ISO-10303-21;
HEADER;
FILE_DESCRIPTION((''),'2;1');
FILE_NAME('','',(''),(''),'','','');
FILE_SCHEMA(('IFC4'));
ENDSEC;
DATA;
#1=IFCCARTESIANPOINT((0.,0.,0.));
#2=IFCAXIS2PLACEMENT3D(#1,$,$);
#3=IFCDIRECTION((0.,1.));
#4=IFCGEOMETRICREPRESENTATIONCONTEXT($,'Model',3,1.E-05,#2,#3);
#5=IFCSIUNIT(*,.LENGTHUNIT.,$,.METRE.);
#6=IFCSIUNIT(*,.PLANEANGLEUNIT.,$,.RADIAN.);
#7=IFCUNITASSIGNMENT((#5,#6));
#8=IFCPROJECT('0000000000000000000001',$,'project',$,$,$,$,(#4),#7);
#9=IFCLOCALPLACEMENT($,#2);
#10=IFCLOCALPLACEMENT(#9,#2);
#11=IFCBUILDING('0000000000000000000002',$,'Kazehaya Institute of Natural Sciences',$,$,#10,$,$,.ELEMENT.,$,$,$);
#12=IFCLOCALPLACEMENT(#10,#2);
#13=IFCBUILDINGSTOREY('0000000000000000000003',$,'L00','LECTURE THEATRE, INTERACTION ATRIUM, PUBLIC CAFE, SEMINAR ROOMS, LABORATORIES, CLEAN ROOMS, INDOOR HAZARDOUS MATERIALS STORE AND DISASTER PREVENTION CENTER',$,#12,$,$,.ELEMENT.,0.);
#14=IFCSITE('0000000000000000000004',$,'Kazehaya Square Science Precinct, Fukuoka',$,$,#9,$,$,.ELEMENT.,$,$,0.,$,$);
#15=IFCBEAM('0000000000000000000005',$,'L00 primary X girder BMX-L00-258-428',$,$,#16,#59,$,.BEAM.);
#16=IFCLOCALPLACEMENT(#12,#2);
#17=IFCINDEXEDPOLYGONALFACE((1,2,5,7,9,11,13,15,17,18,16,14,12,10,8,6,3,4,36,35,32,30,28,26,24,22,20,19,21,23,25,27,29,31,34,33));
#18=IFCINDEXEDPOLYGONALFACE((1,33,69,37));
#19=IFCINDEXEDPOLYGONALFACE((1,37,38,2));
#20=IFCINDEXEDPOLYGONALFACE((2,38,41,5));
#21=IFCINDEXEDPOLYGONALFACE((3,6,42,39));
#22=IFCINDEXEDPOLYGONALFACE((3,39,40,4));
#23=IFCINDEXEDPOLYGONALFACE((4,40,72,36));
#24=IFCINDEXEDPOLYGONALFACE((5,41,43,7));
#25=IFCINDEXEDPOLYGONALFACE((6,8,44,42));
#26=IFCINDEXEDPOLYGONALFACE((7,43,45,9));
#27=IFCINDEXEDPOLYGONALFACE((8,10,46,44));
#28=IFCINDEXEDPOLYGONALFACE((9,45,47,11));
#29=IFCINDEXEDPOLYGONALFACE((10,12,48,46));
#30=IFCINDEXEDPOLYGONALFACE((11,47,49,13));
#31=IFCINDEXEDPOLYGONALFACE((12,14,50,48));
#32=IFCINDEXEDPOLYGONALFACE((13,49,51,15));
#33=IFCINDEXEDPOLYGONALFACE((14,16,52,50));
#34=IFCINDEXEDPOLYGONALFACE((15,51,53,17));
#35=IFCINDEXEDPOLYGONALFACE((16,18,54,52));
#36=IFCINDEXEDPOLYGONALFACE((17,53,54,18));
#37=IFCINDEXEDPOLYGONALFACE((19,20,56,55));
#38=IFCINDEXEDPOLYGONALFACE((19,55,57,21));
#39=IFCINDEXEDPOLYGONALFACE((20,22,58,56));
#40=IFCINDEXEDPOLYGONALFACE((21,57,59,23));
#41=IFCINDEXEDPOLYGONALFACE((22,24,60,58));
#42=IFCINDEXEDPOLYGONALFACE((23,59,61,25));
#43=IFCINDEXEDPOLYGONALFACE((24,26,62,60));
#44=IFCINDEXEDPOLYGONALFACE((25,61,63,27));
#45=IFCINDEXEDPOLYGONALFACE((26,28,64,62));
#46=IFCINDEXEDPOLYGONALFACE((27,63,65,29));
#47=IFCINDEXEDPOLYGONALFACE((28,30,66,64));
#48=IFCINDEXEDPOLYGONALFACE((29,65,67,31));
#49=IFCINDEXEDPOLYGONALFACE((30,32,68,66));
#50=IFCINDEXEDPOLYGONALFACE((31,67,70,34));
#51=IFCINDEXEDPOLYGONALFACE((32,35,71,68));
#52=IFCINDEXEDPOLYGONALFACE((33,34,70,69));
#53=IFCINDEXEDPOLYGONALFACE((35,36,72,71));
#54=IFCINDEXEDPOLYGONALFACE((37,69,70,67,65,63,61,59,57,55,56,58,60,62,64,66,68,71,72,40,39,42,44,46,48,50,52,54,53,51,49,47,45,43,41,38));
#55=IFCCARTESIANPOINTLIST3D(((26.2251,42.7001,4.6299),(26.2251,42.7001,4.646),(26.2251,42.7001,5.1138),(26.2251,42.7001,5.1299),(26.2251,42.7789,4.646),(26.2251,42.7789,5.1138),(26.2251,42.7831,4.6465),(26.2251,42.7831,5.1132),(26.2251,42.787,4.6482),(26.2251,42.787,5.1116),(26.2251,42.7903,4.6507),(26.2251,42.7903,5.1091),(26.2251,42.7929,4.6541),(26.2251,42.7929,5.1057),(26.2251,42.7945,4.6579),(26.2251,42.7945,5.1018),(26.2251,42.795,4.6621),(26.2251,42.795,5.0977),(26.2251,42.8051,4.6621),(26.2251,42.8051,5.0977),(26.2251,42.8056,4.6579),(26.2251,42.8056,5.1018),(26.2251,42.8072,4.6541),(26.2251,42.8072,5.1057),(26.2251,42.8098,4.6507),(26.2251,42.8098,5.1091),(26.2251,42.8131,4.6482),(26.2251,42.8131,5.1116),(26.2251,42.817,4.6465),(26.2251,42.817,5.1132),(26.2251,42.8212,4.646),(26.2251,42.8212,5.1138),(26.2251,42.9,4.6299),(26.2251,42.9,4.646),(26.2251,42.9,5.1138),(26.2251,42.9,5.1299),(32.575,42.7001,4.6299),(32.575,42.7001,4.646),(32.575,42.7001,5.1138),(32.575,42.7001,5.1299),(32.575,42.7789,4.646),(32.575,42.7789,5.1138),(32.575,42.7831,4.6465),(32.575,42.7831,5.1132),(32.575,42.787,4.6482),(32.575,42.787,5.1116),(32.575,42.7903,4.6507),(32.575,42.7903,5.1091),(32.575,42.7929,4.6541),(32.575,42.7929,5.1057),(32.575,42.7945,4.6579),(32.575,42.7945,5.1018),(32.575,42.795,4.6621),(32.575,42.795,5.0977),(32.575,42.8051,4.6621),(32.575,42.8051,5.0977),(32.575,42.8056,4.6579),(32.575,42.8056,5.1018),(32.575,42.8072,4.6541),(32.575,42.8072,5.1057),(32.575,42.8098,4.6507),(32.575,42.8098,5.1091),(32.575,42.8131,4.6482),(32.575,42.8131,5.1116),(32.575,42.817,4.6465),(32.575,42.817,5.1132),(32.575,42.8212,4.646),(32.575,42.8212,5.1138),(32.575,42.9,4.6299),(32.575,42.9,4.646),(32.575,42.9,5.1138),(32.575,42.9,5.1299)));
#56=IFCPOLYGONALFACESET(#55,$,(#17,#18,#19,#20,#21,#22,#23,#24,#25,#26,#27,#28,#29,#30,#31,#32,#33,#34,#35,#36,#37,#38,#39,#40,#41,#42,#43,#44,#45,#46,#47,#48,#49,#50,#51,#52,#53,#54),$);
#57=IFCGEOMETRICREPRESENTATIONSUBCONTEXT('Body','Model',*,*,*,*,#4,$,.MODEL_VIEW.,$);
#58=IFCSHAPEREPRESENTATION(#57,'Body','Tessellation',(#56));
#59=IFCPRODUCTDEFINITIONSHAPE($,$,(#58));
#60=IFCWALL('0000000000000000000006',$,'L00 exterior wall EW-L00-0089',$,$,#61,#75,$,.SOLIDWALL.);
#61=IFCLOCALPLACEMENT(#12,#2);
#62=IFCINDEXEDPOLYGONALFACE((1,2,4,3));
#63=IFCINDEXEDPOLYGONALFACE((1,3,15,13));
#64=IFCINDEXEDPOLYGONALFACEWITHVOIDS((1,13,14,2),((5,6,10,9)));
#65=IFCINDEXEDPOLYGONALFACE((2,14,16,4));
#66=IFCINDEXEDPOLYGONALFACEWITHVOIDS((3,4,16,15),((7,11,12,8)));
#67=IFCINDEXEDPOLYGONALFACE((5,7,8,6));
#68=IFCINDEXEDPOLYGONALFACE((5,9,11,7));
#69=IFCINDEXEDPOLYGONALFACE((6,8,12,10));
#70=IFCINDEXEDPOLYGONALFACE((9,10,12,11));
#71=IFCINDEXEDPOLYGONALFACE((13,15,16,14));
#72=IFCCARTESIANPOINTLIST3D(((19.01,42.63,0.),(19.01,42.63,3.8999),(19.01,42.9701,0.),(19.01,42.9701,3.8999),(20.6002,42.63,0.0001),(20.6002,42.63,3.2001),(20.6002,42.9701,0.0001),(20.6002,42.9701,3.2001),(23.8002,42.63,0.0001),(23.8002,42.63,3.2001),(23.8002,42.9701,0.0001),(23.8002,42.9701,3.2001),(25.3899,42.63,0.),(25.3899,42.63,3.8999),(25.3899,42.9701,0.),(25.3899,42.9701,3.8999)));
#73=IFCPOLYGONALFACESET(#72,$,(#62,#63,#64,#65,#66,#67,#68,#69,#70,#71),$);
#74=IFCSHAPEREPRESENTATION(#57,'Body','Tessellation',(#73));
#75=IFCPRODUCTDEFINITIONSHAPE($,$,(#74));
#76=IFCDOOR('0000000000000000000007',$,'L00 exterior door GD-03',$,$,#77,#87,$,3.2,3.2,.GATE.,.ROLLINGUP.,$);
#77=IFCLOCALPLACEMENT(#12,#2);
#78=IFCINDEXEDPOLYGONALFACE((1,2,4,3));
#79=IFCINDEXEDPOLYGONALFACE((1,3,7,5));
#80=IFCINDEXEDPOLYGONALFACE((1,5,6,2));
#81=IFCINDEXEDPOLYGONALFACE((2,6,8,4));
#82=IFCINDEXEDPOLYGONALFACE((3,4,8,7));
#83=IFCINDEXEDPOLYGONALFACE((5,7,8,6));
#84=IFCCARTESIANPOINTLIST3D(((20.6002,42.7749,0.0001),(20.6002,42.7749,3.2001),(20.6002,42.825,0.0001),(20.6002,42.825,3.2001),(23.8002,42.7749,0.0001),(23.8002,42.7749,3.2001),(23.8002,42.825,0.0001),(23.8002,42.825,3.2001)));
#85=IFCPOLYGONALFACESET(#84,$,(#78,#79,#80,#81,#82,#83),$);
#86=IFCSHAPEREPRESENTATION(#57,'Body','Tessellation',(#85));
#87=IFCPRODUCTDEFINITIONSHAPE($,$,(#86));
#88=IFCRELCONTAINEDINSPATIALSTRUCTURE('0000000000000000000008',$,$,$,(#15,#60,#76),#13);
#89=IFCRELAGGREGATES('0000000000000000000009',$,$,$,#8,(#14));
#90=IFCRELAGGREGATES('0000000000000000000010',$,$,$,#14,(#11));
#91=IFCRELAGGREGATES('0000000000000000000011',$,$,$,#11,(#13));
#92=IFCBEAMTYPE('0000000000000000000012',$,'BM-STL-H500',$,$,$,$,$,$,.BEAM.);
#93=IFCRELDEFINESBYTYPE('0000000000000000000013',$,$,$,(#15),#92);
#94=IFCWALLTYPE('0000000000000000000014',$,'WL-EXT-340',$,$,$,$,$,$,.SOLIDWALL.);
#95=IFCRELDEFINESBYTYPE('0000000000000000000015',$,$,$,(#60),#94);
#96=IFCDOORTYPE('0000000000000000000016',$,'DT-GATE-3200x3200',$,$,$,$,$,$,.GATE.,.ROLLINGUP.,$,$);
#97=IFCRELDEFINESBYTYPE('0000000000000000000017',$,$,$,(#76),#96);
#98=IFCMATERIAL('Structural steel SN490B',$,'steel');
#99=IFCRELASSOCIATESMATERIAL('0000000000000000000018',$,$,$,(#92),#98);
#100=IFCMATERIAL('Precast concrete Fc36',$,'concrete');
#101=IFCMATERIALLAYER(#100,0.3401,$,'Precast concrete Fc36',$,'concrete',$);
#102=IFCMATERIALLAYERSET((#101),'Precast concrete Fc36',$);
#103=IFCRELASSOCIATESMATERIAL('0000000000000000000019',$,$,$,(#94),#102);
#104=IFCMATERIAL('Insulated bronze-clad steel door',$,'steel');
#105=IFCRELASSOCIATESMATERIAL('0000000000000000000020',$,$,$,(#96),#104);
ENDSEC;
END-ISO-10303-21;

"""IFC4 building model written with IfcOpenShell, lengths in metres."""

from ifc_helpers import new_model, si_unit, direction, frame, frame_2d, origin, origin_2d, place, context, subcontext, project, spatial, rectangle, i_section, extrude, material, layer, layer_set, material_profile, profile_set, type_object, element, fill, save


model = new_model("IFC4")

# Units and contexts
model_context = context("Model", 3, precision=1e-05, world=origin(), true_north=direction((0.0, 1.0)))
body_context = subcontext(model_context, "Body", "Model", "MODEL_VIEW")
ifc_project = project(units=[si_unit("LENGTHUNIT", "METRE"), si_unit("PLANEANGLEUNIT", "RADIAN")], contexts=[model_context])

# Site, building, storey
site_placement = place(None, origin())
site = spatial("IfcSite", under=ifc_project, at=site_placement, Name="Kazehaya Square Science Precinct, Fukuoka", CompositionType="ELEMENT", RefElevation=0.0)
building_placement = place(site_placement, origin())
building = spatial("IfcBuilding", under=site, at=building_placement, Name="Kazehaya Institute of Natural Sciences", CompositionType="ELEMENT")
storey_placement = place(building_placement, origin())
storey = spatial("IfcBuildingStorey", under=building, at=storey_placement, Name="L00", Description="LECTURE THEATRE, INTERACTION ATRIUM, PUBLIC CAFE, SEMINAR ROOMS, LABORATORIES, CLEAN ROOMS, INDOOR HAZARDOUS MATERIALS STORE AND DISASTER PREVENTION CENTER", CompositionType="ELEMENT", Elevation=0.0)

# Beam
ifc_material_1 = material(Name="Structural steel SN490B", Category="steel")
ifc_material_profile_1 = material_profile(ifc_material_1, i_section(OverallWidth=0.2, OverallDepth=0.5, WebThickness=0.01, FlangeThickness=0.0161, FilletRadius=0.0161, at=origin_2d()), Name="H-500x200x10x16")
ifc_profile_set_1 = profile_set([ifc_material_profile_1], Name="Structural steel SN490B")
beam_type_1 = type_object("IfcBeamType", Name="BM-STL-H500", PredefinedType="BEAM", material=ifc_profile_set_1)
beam_1_placement = place(storey_placement, frame((26.2251, 42.8, 4.8799), z_axis=(1.0, 0.0, 0.0), x_axis=(0.0, 1.0, 0.0)))
element("IfcBeam", 1, at=beam_1_placement, inside=storey, type_object=beam_type_1, Name="L00 primary X girder BMX-L00-258-428", PredefinedType="BEAM", context=body_context, shape_type="SweptSolid", body=[
    extrude(i_section(OverallWidth=0.2, OverallDepth=0.5, WebThickness=0.01, FlangeThickness=0.0161, FilletRadius=0.0161, at=origin_2d()), origin(), (0.0, 0.0, 1.0), 6.3499),
])

# Wall, opening, door
ifc_material_2 = material(Name="Precast concrete Fc36", Category="concrete")
ifc_layer = layer(ifc_material_2, 0.3401, Name="Precast concrete Fc36", Category="concrete")
ifc_layer_set = layer_set([ifc_layer], Name="Precast concrete Fc36")
wall_type = type_object("IfcWallType", Name="WL-EXT-340", PredefinedType="SOLIDWALL", material=ifc_layer_set)
wall_1_placement = place(storey_placement, frame((19.01, 42.8, 0.0), z_axis=(0.0, 0.0, 1.0), x_axis=(1.0, 0.0, 0.0)))
wall_1 = element("IfcWall", 2, at=wall_1_placement, inside=storey, type_object=wall_type, Name="L00 exterior wall EW-L00-0089", PredefinedType="SOLIDWALL", context=body_context, shape_type="SweptSolid", body=[
    extrude(rectangle(XDim=6.3799, YDim=0.3401, at=frame_2d((3.1899, 0.0))), origin(), (0.0, 0.0, 1.0), 3.8999),
])
opening_1_placement = place(wall_1_placement, frame((1.5901, 0.0, 0.0)))
opening_1 = element("IfcOpeningElement", 3, at=opening_1_placement, cuts=wall_1, PredefinedType="OPENING", context=body_context, shape_type="SweptSolid", body=[
    extrude(rectangle(XDim=3.2, YDim=3.2, at=frame_2d((1.6001, 1.6001))), frame((0.0, 0.1799, 0.0), z_axis=(0.0, -1.0, 0.0), x_axis=(1.0, 0.0, 0.0)), (0.0, 0.0, 1.0), 0.3601),
])
ifc_material_3 = material(Name="Insulated bronze-clad steel door", Category="steel")
door_type_1 = type_object("IfcDoorType", Name="DT-GATE-3200x3200", OperationType="ROLLINGUP", PredefinedType="GATE", material=ifc_material_3)
door_1_placement = place(opening_1_placement, origin())
door_1 = element("IfcDoor", 4, at=door_1_placement, inside=storey, type_object=door_type_1, Name="L00 exterior door GD-03", OperationType="ROLLINGUP", OverallHeight=3.2, OverallWidth=3.2, PredefinedType="GATE", context=body_context, shape_type="SweptSolid", body=[
    extrude(rectangle(XDim=3.2, YDim=3.2, at=frame_2d((1.6001, 1.6001))), frame((0.0, 0.0249, 0.0), z_axis=(0.0, -1.0, 0.0), x_axis=(1.0, 0.0, 0.0)), (0.0, 0.0, 1.0), 0.05),
])
fill(opening_1, door_1)

save(model, "model.ifc")
